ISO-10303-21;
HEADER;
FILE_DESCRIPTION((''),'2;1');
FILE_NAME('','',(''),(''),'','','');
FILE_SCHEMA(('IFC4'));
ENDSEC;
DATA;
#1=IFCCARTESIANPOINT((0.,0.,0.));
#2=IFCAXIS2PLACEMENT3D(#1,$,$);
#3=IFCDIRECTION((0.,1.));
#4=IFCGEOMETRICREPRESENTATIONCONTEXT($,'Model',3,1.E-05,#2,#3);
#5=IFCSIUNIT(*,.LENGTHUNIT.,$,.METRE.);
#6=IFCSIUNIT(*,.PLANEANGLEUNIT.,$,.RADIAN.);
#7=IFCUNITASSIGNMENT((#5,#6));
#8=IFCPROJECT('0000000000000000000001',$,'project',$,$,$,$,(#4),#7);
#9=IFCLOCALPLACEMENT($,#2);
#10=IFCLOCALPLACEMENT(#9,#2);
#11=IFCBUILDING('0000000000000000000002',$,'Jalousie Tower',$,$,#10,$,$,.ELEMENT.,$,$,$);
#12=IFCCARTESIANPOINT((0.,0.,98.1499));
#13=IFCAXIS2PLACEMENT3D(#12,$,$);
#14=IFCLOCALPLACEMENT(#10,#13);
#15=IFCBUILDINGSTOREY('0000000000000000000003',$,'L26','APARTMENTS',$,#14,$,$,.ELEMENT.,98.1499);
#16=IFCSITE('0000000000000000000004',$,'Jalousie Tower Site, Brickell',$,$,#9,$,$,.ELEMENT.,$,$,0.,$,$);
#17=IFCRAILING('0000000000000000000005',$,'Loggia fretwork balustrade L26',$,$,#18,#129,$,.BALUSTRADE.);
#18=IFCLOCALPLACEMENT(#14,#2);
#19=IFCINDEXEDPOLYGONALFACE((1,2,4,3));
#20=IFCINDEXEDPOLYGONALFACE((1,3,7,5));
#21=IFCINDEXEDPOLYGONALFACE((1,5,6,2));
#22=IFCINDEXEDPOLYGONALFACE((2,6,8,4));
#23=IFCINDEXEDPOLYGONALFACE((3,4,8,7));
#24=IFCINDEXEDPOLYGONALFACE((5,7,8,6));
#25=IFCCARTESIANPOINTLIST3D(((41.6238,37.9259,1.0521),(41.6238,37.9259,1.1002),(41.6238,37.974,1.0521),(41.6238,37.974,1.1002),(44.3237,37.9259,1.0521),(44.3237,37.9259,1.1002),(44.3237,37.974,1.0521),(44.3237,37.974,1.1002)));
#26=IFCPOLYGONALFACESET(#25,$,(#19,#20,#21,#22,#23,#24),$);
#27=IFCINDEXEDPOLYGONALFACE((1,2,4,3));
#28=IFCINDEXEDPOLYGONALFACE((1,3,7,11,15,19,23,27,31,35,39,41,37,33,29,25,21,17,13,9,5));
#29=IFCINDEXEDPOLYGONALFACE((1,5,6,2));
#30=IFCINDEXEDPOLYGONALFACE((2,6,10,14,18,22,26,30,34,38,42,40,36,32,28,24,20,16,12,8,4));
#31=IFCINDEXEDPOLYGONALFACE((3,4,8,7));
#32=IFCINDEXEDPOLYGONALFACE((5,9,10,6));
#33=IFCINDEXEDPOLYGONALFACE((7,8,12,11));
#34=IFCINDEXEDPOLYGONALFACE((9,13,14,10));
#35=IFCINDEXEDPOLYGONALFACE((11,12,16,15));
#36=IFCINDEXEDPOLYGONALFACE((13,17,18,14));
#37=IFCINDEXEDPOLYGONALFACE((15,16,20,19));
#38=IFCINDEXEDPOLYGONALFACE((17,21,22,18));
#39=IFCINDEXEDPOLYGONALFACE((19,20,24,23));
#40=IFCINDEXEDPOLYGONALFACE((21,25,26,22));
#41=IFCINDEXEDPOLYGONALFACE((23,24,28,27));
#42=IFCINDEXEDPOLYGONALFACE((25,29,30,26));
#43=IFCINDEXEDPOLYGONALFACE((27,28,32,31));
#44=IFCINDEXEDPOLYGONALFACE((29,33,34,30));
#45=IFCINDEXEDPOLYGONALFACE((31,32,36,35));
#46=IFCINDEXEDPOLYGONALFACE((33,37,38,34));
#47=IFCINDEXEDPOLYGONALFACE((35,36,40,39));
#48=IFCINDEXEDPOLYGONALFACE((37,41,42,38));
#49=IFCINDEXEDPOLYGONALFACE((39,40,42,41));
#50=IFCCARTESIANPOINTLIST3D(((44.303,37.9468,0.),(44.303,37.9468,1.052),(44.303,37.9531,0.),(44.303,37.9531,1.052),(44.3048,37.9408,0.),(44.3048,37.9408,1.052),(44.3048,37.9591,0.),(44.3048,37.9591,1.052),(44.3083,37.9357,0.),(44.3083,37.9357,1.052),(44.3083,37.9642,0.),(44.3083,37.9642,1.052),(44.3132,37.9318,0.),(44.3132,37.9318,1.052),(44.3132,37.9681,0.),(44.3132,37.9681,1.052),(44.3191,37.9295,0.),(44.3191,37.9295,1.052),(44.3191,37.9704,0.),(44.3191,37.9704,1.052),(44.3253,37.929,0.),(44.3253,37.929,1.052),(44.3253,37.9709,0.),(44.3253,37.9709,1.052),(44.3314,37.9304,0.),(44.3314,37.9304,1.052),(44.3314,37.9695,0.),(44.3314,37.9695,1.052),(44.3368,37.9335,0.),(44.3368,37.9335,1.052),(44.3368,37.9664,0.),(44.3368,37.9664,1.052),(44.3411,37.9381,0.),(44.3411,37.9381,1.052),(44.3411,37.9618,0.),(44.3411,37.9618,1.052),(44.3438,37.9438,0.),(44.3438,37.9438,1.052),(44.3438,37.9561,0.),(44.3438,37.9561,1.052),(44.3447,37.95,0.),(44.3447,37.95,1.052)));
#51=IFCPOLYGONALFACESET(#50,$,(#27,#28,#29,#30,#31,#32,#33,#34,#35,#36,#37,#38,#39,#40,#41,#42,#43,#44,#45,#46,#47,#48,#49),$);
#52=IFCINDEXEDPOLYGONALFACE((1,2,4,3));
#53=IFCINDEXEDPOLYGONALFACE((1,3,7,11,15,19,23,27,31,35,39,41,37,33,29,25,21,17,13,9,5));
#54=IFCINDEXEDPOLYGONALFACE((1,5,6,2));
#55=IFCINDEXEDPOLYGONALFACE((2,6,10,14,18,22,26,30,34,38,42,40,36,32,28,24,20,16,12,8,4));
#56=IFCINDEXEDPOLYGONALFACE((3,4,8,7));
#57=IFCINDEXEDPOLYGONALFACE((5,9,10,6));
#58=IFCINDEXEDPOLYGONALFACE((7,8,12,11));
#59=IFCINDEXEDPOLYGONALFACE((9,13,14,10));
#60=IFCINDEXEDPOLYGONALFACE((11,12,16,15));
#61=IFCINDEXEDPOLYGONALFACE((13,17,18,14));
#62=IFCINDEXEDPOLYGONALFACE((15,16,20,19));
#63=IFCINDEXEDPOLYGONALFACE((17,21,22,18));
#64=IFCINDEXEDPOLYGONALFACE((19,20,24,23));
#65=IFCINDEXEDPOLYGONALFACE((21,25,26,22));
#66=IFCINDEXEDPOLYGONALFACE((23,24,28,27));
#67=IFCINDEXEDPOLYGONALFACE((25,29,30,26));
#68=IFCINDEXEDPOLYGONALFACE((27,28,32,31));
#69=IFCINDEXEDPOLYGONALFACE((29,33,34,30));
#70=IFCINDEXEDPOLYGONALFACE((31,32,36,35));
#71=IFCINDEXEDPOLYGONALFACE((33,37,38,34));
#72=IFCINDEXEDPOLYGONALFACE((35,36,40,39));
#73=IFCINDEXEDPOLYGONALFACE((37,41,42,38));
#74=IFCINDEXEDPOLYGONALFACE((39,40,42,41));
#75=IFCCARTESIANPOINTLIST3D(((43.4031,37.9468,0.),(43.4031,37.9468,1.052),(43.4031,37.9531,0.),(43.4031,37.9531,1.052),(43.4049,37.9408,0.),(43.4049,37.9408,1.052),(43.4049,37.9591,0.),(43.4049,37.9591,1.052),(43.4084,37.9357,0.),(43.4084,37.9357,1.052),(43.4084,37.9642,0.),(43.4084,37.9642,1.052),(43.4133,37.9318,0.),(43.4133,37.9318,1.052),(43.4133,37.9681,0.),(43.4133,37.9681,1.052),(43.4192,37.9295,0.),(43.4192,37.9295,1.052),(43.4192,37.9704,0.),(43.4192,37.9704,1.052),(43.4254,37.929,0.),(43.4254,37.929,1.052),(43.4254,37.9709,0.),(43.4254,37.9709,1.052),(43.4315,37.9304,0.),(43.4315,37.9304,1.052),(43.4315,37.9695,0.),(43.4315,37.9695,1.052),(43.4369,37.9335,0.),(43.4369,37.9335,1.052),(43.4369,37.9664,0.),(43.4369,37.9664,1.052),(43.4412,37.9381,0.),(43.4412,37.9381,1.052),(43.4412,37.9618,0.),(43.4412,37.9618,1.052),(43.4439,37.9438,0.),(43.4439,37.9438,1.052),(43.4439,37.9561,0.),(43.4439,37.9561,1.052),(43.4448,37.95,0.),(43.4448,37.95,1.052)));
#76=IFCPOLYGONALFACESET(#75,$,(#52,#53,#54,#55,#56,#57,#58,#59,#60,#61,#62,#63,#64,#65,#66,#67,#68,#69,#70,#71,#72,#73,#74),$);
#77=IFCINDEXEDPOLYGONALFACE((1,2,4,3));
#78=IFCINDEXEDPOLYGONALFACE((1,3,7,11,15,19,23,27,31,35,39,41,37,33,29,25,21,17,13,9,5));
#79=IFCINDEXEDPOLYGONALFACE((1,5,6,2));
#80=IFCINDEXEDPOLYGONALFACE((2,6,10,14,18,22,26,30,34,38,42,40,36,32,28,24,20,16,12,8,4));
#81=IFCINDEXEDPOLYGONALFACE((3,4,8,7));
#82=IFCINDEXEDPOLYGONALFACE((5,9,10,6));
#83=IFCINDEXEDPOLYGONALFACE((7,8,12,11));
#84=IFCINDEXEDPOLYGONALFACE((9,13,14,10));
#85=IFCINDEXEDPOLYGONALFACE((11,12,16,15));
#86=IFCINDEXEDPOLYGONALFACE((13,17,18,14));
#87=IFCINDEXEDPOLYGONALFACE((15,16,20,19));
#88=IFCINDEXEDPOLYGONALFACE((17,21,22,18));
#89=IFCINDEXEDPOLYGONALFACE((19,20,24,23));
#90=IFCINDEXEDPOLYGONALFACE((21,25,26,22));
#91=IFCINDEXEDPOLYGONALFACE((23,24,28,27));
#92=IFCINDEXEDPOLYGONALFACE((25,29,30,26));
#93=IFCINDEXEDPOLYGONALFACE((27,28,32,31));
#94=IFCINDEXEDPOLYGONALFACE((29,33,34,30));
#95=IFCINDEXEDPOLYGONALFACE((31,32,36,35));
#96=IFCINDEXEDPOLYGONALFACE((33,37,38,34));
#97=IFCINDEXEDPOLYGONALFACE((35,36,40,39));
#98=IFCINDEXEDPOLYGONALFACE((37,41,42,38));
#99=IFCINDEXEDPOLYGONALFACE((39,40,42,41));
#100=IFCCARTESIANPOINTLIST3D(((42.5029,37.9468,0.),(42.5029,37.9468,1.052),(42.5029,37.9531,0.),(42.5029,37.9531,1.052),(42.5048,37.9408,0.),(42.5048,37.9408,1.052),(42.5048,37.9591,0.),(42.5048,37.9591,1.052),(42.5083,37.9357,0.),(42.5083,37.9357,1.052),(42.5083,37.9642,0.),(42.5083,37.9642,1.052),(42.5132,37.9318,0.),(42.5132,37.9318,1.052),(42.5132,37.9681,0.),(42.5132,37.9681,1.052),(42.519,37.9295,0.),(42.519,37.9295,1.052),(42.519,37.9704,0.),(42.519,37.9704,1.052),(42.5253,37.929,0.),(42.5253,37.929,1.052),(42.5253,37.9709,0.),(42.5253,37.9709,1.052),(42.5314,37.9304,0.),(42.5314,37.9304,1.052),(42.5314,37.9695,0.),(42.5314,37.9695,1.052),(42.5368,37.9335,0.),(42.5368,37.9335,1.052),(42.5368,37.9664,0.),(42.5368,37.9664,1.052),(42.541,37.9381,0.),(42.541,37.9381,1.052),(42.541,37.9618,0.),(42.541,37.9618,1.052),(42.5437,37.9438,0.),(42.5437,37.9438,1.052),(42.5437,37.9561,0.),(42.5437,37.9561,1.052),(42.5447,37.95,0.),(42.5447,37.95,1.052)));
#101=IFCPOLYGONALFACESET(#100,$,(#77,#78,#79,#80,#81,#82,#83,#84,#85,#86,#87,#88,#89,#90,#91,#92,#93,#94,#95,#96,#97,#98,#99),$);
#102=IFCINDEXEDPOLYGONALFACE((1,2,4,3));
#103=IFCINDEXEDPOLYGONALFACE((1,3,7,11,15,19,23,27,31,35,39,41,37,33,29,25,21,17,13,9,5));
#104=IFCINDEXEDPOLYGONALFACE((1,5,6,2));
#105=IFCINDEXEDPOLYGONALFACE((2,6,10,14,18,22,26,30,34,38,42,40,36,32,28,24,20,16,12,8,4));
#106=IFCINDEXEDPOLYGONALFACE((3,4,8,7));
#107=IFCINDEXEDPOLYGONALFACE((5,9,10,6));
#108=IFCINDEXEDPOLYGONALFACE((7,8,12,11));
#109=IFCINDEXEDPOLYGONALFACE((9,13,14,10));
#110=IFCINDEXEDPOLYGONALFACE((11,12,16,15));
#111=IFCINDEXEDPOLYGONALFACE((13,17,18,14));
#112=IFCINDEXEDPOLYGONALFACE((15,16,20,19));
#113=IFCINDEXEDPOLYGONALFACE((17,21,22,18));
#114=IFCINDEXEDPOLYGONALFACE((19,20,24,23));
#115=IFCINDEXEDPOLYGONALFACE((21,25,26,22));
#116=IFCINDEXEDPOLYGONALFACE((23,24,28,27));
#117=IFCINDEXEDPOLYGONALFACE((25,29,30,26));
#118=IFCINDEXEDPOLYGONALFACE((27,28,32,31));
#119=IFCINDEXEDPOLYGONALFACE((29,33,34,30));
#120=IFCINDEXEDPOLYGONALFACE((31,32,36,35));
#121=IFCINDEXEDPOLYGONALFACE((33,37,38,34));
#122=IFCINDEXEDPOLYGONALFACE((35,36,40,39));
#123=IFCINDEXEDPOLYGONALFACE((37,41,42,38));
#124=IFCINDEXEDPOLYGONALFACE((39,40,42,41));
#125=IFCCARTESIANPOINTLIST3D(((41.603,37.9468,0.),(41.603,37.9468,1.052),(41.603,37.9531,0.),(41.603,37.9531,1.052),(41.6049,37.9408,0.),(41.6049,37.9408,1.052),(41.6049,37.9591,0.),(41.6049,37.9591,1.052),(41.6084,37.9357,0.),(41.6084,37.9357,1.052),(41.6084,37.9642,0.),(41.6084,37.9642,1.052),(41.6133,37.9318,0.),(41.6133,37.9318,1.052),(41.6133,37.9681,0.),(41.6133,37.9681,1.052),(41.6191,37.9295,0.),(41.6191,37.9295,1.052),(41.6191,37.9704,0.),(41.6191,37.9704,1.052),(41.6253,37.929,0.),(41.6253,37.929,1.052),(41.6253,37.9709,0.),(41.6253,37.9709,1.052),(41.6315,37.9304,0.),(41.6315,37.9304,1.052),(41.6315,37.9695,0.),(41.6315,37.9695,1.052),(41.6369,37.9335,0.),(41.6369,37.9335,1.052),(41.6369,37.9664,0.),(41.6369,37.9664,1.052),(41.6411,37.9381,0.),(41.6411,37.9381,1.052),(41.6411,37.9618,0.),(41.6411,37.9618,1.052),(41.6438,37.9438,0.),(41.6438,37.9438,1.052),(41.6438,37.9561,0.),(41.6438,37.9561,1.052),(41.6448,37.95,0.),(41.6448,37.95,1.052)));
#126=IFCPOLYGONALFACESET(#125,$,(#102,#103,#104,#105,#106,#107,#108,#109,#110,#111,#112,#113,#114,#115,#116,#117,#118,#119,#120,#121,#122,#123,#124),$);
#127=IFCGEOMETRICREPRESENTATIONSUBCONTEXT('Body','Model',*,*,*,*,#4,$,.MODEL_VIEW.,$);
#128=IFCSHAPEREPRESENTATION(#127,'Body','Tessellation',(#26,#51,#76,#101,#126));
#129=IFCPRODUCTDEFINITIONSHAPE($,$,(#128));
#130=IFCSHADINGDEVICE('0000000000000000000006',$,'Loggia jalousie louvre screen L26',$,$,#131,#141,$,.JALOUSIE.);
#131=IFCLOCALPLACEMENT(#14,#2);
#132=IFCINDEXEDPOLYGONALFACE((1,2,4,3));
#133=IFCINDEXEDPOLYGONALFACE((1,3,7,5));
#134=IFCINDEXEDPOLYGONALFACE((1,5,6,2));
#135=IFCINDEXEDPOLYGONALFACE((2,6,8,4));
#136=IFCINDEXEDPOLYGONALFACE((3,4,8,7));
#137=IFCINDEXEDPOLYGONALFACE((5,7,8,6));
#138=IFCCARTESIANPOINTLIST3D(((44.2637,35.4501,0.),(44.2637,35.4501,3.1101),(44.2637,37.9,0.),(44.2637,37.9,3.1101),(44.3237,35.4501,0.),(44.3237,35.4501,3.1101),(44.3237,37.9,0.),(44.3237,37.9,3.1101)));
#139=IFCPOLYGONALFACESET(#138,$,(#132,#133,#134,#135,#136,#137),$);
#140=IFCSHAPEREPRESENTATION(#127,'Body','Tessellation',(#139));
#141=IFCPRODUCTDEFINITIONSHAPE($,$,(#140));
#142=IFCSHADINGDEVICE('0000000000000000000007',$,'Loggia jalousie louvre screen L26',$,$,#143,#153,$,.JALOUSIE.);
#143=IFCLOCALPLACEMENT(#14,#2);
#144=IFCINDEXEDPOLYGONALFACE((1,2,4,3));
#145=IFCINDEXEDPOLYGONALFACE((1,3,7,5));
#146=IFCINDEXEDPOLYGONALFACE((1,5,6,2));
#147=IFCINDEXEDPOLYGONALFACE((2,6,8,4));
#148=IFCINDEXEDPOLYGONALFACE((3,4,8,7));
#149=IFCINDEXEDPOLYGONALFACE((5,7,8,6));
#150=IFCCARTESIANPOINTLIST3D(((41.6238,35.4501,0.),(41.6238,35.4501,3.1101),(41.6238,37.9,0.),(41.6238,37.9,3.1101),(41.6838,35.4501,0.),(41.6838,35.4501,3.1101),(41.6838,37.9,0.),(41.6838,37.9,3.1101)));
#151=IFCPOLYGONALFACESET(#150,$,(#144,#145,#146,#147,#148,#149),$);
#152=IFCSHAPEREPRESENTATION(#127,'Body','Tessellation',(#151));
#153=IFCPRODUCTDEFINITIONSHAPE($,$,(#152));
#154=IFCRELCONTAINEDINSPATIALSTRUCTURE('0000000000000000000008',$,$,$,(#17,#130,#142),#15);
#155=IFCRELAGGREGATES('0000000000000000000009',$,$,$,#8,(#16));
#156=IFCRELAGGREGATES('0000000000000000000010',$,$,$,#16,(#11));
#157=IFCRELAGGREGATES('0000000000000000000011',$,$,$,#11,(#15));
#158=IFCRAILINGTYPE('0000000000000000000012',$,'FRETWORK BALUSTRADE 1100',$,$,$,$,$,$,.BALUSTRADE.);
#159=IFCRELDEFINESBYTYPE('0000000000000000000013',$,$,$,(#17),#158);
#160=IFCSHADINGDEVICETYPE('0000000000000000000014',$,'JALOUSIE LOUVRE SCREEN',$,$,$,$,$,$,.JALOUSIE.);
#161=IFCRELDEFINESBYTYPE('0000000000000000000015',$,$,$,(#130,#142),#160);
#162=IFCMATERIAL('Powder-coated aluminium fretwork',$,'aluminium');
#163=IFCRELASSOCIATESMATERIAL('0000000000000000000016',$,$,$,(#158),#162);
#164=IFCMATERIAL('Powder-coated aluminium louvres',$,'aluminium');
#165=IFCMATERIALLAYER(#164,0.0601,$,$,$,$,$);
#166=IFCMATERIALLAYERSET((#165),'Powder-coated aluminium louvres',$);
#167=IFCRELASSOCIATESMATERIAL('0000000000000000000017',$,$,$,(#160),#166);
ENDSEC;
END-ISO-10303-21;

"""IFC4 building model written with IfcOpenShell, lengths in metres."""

from ifc_helpers import new_model, si_unit, direction, frame, origin, origin_2d, place, context, subcontext, project, spatial, rectangle, circle, extrude, material, layer, layer_set, type_object, element, save


model = new_model("IFC4")

# Units and contexts
model_context = context("Model", 3, precision=1e-05, world=origin(), true_north=direction((0.0, 1.0)))
body_context = subcontext(model_context, "Body", "Model", "MODEL_VIEW")
ifc_project = project(units=[si_unit("LENGTHUNIT", "METRE"), si_unit("PLANEANGLEUNIT", "RADIAN")], contexts=[model_context])

# Site, building, storey
site_placement = place(None, origin())
site = spatial("IfcSite", under=ifc_project, at=site_placement, Name="Jalousie Tower Site, Brickell", CompositionType="ELEMENT", RefElevation=0.0)
building_placement = place(site_placement, origin())
building = spatial("IfcBuilding", under=site, at=building_placement, Name="Jalousie Tower", CompositionType="ELEMENT")
storey_placement = place(building_placement, frame((0.0, 0.0, 98.1499)))
storey = spatial("IfcBuildingStorey", under=building, at=storey_placement, Name="L26", Description="APARTMENTS", CompositionType="ELEMENT", Elevation=98.1499)

# Railing
ifc_material_1 = material(Name="Powder-coated aluminium fretwork", Category="aluminium")
railing_type = type_object("IfcRailingType", Name="FRETWORK BALUSTRADE 1100", PredefinedType="BALUSTRADE", material=ifc_material_1)
railing_placement = place(storey_placement, frame((44.3237, 37.95, 0.0)))
element("IfcRailing", 1, at=railing_placement, inside=storey, type_object=railing_type, Name="Loggia fretwork balustrade L26", PredefinedType="BALUSTRADE", context=body_context, shape_type="SweptSolid", body=[
    extrude(rectangle(XDim=0.0481, YDim=0.0481, at=origin_2d()), frame((0.0, 0.0, 1.0762), z_axis=(-1.0, 0.0, 0.0), x_axis=(0.0, -1.0, 0.0)), (0.0, 0.0, 1.0), 2.7),
    extrude(circle(Radius=0.021, at=origin_2d()), origin(), (0.0, 0.0, 1.0), 1.052),
    extrude(circle(Radius=0.021, at=origin_2d()), frame((-0.8999, 0.0, 0.0)), (0.0, 0.0, 1.0), 1.052),
    extrude(circle(Radius=0.021, at=origin_2d()), frame((-1.8, 0.0, 0.0)), (0.0, 0.0, 1.0), 1.052),
    extrude(circle(Radius=0.021, at=origin_2d()), frame((-2.7, 0.0, 0.0)), (0.0, 0.0, 1.0), 1.052),
])

# Shading devices
ifc_material_2 = material(Name="Powder-coated aluminium louvres", Category="aluminium")
ifc_layer_1 = layer(ifc_material_2, 0.0601)
ifc_layer_set_1 = layer_set([ifc_layer_1], Name="Powder-coated aluminium louvres")
shading_device_type_1 = type_object("IfcShadingDeviceType", Name="JALOUSIE LOUVRE SCREEN", PredefinedType="JALOUSIE", material=ifc_layer_set_1)
for number, where, z_axis, x_axis, name in (
    (2, (44.2937, 36.675, 0.0), (0.0, 0.0, 1.0), (-1.0, 0.0, 0.0), "Loggia jalousie louvre screen L26"),
    (3, (41.6538, 36.675, 0.0), (0.0, 0.0, 1.0), (-1.0, 0.0, 0.0), "Loggia jalousie louvre screen L26"),
):
    element("IfcShadingDevice", number, at=place(storey_placement, frame(where, z_axis=z_axis, x_axis=x_axis)), inside=storey, type_object=shading_device_type_1, Name=name, PredefinedType="JALOUSIE", context=body_context, shape_type="SweptSolid", body=[
        extrude(rectangle(XDim=0.0601, YDim=2.45, at=origin_2d()), origin(), (0.0, 0.0, 1.0), 3.1101),
    ])

save(model, "model.ifc")
